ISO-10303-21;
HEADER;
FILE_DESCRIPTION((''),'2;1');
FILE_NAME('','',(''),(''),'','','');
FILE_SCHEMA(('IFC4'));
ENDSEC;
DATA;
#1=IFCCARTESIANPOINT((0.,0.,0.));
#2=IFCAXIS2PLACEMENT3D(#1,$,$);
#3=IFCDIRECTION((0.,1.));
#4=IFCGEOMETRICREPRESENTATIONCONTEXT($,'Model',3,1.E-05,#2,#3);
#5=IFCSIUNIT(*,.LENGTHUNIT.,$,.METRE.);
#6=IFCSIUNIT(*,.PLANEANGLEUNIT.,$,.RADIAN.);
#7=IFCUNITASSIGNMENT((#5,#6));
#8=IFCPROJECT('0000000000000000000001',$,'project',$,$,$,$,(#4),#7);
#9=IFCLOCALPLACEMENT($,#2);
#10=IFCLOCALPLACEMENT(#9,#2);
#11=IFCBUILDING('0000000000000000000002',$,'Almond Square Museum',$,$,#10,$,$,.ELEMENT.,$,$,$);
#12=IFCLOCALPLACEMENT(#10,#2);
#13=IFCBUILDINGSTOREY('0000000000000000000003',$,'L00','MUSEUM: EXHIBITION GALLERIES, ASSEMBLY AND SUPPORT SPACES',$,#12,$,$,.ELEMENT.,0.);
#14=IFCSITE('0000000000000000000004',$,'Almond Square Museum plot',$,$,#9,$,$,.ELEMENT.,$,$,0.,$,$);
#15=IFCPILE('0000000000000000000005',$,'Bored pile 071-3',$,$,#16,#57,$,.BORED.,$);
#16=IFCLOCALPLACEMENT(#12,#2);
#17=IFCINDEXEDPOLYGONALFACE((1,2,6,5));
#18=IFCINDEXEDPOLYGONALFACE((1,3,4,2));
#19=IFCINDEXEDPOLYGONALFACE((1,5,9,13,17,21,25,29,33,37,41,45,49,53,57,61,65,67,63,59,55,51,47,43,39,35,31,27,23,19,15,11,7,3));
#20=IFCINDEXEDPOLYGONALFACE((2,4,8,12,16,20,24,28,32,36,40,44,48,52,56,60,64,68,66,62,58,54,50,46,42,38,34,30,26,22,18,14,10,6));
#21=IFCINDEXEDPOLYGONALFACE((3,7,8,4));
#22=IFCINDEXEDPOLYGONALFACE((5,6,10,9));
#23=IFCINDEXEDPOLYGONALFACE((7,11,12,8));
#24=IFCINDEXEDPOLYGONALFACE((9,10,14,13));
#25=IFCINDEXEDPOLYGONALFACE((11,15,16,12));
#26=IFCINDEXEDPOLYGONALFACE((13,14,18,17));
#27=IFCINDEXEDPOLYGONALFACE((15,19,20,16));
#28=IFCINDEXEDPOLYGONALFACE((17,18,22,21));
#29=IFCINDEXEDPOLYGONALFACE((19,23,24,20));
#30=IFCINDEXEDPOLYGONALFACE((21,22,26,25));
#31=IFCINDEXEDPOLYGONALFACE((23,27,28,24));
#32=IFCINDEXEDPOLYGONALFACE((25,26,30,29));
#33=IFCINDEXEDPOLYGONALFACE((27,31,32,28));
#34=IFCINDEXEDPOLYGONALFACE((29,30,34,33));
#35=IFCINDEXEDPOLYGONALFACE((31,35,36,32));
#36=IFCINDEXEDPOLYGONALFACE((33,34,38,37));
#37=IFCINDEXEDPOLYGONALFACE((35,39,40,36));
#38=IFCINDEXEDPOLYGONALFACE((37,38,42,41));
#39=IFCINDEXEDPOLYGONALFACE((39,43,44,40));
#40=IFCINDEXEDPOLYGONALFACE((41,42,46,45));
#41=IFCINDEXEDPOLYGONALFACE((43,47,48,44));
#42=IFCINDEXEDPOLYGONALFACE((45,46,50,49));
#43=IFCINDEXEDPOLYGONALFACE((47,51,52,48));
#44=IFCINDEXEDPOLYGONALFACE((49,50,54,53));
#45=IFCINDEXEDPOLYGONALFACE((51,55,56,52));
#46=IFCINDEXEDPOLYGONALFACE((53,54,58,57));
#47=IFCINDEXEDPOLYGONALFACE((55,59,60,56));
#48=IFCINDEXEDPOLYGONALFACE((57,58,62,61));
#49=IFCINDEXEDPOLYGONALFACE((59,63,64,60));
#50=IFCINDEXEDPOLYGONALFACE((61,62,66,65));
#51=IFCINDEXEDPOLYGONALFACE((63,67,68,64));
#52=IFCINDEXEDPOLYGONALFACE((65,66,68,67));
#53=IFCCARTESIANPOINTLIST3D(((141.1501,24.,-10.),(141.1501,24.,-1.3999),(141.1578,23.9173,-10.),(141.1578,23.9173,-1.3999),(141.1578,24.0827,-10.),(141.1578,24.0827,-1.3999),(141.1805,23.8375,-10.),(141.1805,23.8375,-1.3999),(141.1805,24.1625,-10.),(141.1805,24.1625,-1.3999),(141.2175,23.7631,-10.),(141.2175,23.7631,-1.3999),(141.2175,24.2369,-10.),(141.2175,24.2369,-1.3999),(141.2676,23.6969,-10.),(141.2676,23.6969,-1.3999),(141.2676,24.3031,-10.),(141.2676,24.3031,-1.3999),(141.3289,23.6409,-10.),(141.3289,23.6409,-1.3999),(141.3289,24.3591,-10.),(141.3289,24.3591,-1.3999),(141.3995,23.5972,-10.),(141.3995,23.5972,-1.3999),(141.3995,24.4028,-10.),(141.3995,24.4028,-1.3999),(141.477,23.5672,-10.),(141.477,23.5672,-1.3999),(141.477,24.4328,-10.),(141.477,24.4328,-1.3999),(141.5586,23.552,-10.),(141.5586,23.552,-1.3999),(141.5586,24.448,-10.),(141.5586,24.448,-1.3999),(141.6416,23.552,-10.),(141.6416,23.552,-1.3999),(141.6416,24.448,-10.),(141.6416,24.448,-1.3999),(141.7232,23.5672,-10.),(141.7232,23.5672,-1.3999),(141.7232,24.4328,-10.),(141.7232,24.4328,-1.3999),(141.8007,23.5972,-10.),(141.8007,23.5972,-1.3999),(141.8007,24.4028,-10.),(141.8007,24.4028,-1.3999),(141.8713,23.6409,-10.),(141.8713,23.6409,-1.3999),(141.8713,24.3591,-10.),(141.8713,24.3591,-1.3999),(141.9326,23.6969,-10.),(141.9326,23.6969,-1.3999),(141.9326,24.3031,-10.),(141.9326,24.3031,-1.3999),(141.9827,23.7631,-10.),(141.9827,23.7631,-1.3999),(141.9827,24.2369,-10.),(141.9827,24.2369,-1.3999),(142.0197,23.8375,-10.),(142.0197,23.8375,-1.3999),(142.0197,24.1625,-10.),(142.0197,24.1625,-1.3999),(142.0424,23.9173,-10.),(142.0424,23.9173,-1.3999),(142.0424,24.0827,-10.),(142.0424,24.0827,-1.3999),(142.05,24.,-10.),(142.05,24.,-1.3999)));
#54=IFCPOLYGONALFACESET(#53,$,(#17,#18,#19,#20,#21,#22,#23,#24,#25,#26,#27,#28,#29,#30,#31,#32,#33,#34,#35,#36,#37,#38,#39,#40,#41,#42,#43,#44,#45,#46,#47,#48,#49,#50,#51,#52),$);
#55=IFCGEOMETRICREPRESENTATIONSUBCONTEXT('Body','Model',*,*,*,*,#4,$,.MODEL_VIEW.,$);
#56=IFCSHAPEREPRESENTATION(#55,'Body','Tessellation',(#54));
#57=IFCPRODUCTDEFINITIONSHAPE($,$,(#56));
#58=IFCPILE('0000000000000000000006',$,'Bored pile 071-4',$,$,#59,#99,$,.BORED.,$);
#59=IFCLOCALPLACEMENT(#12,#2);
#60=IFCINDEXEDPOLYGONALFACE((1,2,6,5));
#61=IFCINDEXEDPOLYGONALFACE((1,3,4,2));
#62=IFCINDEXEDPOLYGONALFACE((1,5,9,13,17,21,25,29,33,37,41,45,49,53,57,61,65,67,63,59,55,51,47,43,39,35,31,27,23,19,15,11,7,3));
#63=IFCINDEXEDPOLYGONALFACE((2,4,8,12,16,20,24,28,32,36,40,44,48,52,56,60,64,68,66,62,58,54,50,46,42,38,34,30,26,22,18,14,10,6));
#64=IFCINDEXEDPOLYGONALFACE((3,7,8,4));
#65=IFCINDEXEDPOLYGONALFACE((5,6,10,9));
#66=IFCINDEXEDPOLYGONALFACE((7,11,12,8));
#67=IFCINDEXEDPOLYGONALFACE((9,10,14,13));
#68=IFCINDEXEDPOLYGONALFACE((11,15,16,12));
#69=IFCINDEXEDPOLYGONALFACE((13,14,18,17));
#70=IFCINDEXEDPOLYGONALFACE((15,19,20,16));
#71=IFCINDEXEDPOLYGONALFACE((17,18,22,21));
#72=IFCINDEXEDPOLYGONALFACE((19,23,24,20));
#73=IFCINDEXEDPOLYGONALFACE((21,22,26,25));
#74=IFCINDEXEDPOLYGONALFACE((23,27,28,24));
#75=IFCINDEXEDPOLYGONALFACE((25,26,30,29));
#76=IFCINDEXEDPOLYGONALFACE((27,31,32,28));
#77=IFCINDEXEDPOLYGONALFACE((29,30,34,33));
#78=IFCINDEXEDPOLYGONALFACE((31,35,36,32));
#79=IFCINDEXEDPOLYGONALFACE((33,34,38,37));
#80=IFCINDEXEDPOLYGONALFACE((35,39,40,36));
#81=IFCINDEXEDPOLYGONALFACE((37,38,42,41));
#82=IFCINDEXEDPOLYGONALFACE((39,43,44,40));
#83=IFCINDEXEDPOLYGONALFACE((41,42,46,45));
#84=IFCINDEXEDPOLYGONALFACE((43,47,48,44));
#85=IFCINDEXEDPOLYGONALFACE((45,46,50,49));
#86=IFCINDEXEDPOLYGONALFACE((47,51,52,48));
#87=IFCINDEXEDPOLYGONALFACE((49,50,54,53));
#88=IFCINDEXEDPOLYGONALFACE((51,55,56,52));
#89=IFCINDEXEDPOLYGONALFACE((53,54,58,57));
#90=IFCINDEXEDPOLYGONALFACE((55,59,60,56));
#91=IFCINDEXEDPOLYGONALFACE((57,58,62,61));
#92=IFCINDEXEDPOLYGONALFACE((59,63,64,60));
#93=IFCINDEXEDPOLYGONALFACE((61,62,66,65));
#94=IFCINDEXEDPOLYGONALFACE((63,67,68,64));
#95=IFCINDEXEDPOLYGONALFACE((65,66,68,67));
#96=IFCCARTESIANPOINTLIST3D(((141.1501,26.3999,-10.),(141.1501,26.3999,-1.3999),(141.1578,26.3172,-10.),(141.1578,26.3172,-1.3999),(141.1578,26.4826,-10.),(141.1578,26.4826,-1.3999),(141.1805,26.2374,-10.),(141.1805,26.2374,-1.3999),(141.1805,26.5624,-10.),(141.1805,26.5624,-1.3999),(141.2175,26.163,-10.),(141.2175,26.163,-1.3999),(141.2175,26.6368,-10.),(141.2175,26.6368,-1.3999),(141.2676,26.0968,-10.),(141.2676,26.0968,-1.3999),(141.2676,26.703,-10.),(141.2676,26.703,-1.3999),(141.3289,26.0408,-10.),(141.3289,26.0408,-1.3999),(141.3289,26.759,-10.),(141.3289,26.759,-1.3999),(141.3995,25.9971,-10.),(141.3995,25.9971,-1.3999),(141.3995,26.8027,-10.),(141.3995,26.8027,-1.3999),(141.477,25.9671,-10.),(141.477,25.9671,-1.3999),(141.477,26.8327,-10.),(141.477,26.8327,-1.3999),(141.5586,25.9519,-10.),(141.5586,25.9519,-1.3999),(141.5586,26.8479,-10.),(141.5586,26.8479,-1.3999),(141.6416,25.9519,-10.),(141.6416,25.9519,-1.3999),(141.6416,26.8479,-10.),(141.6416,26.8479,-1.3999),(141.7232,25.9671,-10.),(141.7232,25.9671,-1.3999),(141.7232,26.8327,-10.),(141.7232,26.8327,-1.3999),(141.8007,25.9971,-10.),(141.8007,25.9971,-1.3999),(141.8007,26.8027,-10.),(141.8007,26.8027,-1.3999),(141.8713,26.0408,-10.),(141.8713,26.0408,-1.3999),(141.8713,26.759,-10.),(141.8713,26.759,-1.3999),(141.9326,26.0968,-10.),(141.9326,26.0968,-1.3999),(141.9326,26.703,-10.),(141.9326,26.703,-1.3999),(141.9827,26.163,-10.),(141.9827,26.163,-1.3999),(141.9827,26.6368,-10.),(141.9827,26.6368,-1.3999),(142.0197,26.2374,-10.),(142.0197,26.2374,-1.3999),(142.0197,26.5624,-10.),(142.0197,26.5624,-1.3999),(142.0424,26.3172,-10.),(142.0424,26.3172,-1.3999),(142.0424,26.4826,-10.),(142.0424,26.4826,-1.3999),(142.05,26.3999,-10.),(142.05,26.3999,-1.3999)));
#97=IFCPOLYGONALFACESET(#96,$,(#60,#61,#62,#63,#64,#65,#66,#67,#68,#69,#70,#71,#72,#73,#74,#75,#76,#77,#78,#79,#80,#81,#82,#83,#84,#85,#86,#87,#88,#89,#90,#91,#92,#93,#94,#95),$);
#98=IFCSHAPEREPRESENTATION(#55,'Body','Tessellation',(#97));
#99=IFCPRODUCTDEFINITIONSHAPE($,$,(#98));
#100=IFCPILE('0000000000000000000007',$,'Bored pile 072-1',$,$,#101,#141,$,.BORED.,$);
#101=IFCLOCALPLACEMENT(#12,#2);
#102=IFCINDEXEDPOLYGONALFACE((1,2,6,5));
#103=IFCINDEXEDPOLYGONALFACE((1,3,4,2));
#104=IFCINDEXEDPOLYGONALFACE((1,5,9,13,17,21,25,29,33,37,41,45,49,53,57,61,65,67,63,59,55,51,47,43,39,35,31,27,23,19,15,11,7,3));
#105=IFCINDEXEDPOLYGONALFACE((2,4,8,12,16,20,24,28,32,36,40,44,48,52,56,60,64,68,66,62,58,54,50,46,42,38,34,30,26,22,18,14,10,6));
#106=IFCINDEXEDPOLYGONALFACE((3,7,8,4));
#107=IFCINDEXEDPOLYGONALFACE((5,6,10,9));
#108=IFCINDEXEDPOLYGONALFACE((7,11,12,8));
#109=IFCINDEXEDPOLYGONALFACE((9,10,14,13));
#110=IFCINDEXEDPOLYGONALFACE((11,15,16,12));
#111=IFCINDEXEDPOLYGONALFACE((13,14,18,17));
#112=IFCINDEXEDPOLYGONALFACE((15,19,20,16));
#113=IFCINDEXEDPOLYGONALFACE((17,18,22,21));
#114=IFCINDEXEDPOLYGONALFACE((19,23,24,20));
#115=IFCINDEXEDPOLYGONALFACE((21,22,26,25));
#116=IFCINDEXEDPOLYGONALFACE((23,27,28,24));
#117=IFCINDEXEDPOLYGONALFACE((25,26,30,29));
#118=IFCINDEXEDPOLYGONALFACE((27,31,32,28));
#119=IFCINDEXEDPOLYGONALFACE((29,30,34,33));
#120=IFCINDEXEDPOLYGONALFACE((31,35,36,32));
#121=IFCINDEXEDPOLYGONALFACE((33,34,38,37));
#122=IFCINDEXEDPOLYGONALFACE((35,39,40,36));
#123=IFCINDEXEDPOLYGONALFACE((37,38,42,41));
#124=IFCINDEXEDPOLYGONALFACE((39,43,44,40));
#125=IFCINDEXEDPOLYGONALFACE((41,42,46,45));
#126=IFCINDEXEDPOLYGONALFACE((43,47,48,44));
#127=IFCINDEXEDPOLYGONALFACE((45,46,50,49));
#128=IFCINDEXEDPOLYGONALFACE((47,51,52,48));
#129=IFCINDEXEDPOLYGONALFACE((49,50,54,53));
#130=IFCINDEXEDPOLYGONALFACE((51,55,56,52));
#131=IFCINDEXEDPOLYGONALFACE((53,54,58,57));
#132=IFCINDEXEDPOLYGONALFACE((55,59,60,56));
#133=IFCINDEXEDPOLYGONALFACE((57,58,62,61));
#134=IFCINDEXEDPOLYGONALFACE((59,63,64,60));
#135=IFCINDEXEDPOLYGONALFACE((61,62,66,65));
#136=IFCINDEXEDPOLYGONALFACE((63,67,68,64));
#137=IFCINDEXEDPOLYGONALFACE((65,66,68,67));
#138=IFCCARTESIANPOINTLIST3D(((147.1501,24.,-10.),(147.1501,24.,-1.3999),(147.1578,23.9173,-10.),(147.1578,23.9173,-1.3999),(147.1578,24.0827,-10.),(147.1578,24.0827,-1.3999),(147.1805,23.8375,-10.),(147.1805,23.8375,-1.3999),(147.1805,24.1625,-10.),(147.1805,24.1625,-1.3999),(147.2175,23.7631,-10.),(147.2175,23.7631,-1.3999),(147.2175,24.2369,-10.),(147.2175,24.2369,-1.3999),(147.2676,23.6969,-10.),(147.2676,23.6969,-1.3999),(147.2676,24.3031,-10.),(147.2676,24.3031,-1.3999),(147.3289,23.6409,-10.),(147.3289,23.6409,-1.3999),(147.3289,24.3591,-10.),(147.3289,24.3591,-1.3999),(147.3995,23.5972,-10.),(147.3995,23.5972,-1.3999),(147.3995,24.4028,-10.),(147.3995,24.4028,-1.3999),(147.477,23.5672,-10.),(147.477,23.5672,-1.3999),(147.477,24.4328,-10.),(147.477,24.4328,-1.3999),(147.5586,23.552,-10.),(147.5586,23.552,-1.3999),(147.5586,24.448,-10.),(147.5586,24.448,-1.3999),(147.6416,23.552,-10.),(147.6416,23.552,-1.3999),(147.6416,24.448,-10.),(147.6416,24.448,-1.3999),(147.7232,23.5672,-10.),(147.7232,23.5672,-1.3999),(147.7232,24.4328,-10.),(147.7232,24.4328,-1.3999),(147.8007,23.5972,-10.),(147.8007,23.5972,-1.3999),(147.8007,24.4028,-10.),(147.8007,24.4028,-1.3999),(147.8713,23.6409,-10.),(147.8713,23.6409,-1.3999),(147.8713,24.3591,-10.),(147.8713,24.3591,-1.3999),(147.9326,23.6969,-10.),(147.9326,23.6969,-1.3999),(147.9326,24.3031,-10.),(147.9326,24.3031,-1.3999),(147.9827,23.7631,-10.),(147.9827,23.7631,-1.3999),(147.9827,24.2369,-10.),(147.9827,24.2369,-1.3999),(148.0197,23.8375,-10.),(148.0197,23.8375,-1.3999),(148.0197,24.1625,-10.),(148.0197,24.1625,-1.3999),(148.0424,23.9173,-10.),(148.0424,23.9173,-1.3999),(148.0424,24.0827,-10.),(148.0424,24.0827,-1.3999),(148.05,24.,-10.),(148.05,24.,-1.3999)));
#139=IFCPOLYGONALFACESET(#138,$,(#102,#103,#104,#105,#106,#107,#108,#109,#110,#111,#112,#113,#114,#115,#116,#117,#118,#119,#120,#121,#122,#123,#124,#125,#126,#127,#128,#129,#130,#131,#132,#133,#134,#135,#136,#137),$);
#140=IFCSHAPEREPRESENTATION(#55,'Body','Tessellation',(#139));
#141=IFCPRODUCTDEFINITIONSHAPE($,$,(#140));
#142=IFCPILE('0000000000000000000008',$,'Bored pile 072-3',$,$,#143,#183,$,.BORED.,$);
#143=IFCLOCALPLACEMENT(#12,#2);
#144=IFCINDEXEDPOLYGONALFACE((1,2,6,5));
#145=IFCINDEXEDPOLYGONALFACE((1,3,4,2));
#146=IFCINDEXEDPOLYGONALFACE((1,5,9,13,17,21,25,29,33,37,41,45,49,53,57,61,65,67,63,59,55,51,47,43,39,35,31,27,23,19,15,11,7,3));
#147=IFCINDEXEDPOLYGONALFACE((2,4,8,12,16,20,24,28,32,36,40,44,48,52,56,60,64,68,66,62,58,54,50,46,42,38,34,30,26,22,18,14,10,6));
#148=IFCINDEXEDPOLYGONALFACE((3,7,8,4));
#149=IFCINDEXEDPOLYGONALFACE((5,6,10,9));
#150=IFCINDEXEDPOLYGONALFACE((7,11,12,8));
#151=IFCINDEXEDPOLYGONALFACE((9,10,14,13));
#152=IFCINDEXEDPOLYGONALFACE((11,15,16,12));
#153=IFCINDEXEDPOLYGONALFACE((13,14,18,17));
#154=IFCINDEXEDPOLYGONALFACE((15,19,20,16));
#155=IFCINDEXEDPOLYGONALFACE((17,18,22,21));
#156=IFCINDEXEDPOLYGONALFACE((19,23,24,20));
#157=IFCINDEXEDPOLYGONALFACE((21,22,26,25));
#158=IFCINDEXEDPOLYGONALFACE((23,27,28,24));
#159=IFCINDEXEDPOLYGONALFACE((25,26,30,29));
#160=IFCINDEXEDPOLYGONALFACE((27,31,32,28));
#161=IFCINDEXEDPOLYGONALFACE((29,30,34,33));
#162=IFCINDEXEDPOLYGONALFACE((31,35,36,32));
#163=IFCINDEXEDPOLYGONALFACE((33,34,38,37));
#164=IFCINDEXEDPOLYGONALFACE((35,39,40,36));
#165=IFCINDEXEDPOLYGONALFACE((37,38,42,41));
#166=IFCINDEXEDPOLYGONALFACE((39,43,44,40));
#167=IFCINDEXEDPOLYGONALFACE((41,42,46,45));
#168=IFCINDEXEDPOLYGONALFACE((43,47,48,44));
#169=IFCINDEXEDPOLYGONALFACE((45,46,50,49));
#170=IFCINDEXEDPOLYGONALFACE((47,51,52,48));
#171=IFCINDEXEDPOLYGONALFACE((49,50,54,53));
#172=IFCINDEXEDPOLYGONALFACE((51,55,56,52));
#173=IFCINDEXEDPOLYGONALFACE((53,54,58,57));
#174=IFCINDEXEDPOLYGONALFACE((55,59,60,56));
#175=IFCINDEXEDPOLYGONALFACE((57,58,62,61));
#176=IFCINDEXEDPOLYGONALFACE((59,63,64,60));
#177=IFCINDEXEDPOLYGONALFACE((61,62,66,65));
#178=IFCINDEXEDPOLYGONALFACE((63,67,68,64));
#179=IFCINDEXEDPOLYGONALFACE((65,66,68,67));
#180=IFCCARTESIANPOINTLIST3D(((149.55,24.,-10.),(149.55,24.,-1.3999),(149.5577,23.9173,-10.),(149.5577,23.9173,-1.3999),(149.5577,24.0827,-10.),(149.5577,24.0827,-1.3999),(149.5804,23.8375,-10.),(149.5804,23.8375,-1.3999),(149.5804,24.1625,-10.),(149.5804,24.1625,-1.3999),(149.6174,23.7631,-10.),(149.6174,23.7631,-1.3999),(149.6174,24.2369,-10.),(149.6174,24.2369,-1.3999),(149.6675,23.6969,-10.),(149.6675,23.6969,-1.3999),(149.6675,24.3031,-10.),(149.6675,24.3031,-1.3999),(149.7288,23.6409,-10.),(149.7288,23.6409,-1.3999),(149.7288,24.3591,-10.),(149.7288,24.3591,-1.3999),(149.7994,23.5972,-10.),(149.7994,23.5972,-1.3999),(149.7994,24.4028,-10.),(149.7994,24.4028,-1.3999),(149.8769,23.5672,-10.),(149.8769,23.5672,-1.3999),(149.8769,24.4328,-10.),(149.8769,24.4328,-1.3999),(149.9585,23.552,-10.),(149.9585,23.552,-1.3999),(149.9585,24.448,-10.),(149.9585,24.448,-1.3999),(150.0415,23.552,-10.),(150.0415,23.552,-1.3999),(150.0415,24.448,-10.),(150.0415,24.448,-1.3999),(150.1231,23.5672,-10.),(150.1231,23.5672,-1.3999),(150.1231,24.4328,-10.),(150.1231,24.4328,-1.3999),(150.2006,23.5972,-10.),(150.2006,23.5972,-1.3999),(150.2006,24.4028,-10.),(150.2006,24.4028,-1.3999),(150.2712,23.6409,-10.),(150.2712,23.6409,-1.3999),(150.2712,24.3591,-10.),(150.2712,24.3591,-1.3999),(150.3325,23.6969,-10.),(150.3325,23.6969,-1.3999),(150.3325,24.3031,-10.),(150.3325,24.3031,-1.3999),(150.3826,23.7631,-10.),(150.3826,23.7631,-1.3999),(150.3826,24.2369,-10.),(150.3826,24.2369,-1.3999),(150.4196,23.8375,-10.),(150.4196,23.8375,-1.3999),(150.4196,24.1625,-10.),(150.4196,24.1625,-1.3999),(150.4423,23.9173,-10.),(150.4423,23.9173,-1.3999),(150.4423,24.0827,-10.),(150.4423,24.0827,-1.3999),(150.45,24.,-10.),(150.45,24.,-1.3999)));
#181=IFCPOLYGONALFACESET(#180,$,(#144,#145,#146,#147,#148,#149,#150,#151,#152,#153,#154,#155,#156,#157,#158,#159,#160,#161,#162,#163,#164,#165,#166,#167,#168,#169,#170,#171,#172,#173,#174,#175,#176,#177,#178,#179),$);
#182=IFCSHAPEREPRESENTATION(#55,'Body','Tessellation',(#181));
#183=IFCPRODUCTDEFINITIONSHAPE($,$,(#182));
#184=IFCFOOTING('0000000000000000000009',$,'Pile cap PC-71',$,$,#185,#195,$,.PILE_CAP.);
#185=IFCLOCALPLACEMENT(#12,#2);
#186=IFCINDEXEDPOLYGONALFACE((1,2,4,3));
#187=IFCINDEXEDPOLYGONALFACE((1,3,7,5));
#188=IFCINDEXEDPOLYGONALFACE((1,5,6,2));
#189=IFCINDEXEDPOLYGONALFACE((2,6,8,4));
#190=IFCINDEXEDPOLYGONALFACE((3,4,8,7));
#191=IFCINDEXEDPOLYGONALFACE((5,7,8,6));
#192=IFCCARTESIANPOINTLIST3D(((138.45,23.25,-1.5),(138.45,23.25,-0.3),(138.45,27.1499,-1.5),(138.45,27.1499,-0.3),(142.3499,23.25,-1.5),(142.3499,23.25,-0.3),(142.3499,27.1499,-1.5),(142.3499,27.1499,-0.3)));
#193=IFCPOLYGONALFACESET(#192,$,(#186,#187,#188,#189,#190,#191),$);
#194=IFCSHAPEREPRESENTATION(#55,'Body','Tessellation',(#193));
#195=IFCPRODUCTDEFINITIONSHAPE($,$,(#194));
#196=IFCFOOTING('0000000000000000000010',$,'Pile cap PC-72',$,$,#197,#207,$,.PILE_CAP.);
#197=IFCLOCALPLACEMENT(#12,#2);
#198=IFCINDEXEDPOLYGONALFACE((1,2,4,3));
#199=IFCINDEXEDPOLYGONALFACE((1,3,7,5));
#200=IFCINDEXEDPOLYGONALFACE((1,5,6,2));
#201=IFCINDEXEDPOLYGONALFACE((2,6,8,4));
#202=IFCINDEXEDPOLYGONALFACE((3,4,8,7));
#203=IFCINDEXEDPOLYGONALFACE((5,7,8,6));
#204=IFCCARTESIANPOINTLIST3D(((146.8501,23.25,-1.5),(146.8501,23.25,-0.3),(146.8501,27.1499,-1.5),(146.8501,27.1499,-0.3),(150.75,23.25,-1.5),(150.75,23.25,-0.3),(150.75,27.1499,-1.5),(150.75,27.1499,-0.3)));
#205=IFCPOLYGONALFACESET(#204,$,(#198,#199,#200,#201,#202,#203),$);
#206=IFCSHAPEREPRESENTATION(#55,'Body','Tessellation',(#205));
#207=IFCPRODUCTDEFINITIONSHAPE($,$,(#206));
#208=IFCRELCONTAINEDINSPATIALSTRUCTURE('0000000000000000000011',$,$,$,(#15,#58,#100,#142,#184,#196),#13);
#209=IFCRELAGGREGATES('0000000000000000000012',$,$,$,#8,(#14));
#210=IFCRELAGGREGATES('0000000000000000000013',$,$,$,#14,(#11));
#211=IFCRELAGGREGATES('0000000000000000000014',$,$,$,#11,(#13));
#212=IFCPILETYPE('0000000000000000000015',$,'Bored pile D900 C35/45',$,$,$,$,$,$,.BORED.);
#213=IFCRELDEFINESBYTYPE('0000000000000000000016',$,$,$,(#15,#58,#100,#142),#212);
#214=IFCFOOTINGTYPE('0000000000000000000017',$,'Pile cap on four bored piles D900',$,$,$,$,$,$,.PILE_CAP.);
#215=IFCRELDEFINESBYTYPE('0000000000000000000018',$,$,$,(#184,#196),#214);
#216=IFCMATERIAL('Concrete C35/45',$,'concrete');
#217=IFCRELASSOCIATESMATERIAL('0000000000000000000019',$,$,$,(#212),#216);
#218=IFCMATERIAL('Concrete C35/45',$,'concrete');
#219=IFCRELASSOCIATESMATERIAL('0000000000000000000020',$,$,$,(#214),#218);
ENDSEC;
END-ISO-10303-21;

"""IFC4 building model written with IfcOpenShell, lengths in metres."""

from ifc_helpers import new_model, si_unit, direction, frame, origin, origin_2d, place, context, subcontext, project, spatial, rectangle, circle, extrude, material, material_profile, profile_set, type_object, element, save


model = new_model("IFC4")

# Units and contexts
model_context = context("Model", 3, precision=1e-05, world=origin(), true_north=direction((0.0, 1.0)))
body_context = subcontext(model_context, "Body", "Model", "MODEL_VIEW")
ifc_project = project(units=[si_unit("LENGTHUNIT", "METRE"), si_unit("PLANEANGLEUNIT", "RADIAN")], contexts=[model_context])

# Site, building, storey
site_placement = place(None, origin())
site = spatial("IfcSite", under=ifc_project, at=site_placement, Name="Almond Square Museum plot", CompositionType="ELEMENT", RefElevation=0.0)
building_placement = place(site_placement, origin())
building = spatial("IfcBuilding", under=site, at=building_placement, Name="Almond Square Museum", CompositionType="ELEMENT")
storey_placement = place(building_placement, origin())
storey = spatial("IfcBuildingStorey", under=building, at=storey_placement, Name="L00", Description="MUSEUM: EXHIBITION GALLERIES, ASSEMBLY AND SUPPORT SPACES", CompositionType="ELEMENT", Elevation=0.0)

# Piles
ifc_material_1 = material(Name="Concrete C35/45", Category="concrete")
ifc_material_profile_1 = material_profile(ifc_material_1, circle(Radius=0.45, at=origin_2d()))
ifc_profile_set_1 = profile_set([ifc_material_profile_1], Name="Concrete C35/45")
pile_type = type_object("IfcPileType", Name="Bored pile D900 C35/45", PredefinedType="BORED", material=ifc_profile_set_1)
for number, where, z_axis, x_axis, name in (
    (1, (141.6001, 24.0, -1.3999), (0.0, 0.0, -1.0), (1.0, 0.0, 0.0), "Bored pile 071-3"),
    (2, (141.6001, 26.3999, -1.3999), (0.0, 0.0, -1.0), (1.0, 0.0, 0.0), "Bored pile 071-4"),
    (3, (147.6001, 24.0, -1.3999), (0.0, 0.0, -1.0), (1.0, 0.0, 0.0), "Bored pile 072-1"),
    (4, (150.0, 24.0, -1.3999), (0.0, 0.0, -1.0), (1.0, 0.0, 0.0), "Bored pile 072-3"),
):
    element("IfcPile", number, at=place(storey_placement, frame(where, z_axis=z_axis, x_axis=x_axis)), inside=storey, type_object=pile_type, Name=name, PredefinedType="BORED", context=body_context, shape_type="SweptSolid", body=[
        extrude(circle(Radius=0.45, at=origin_2d()), origin(), (0.0, 0.0, 1.0), 8.6001),
    ])

# Footings
ifc_material_2 = material(Name="Concrete C35/45", Category="concrete")
footing_type_1 = type_object("IfcFootingType", Name="Pile cap on four bored piles D900", PredefinedType="PILE_CAP", material=ifc_material_2)
for number, where, z_axis, x_axis, name in (
    (5, (140.3999, 25.2, -1.5), (0.0, 0.0, 1.0), (1.0, 0.0, 0.0), "Pile cap PC-71"),
    (6, (148.8, 25.2, -1.5), (0.0, 0.0, 1.0), (1.0, 0.0, 0.0), "Pile cap PC-72"),
):
    element("IfcFooting", number, at=place(storey_placement, frame(where, z_axis=z_axis, x_axis=x_axis)), inside=storey, type_object=footing_type_1, Name=name, PredefinedType="PILE_CAP", context=body_context, shape_type="SweptSolid", body=[
        extrude(rectangle(XDim=3.8999, YDim=3.8999, at=origin_2d()), origin(), (0.0, 0.0, 1.0), 1.2),
    ])

save(model, "model.ifc")
